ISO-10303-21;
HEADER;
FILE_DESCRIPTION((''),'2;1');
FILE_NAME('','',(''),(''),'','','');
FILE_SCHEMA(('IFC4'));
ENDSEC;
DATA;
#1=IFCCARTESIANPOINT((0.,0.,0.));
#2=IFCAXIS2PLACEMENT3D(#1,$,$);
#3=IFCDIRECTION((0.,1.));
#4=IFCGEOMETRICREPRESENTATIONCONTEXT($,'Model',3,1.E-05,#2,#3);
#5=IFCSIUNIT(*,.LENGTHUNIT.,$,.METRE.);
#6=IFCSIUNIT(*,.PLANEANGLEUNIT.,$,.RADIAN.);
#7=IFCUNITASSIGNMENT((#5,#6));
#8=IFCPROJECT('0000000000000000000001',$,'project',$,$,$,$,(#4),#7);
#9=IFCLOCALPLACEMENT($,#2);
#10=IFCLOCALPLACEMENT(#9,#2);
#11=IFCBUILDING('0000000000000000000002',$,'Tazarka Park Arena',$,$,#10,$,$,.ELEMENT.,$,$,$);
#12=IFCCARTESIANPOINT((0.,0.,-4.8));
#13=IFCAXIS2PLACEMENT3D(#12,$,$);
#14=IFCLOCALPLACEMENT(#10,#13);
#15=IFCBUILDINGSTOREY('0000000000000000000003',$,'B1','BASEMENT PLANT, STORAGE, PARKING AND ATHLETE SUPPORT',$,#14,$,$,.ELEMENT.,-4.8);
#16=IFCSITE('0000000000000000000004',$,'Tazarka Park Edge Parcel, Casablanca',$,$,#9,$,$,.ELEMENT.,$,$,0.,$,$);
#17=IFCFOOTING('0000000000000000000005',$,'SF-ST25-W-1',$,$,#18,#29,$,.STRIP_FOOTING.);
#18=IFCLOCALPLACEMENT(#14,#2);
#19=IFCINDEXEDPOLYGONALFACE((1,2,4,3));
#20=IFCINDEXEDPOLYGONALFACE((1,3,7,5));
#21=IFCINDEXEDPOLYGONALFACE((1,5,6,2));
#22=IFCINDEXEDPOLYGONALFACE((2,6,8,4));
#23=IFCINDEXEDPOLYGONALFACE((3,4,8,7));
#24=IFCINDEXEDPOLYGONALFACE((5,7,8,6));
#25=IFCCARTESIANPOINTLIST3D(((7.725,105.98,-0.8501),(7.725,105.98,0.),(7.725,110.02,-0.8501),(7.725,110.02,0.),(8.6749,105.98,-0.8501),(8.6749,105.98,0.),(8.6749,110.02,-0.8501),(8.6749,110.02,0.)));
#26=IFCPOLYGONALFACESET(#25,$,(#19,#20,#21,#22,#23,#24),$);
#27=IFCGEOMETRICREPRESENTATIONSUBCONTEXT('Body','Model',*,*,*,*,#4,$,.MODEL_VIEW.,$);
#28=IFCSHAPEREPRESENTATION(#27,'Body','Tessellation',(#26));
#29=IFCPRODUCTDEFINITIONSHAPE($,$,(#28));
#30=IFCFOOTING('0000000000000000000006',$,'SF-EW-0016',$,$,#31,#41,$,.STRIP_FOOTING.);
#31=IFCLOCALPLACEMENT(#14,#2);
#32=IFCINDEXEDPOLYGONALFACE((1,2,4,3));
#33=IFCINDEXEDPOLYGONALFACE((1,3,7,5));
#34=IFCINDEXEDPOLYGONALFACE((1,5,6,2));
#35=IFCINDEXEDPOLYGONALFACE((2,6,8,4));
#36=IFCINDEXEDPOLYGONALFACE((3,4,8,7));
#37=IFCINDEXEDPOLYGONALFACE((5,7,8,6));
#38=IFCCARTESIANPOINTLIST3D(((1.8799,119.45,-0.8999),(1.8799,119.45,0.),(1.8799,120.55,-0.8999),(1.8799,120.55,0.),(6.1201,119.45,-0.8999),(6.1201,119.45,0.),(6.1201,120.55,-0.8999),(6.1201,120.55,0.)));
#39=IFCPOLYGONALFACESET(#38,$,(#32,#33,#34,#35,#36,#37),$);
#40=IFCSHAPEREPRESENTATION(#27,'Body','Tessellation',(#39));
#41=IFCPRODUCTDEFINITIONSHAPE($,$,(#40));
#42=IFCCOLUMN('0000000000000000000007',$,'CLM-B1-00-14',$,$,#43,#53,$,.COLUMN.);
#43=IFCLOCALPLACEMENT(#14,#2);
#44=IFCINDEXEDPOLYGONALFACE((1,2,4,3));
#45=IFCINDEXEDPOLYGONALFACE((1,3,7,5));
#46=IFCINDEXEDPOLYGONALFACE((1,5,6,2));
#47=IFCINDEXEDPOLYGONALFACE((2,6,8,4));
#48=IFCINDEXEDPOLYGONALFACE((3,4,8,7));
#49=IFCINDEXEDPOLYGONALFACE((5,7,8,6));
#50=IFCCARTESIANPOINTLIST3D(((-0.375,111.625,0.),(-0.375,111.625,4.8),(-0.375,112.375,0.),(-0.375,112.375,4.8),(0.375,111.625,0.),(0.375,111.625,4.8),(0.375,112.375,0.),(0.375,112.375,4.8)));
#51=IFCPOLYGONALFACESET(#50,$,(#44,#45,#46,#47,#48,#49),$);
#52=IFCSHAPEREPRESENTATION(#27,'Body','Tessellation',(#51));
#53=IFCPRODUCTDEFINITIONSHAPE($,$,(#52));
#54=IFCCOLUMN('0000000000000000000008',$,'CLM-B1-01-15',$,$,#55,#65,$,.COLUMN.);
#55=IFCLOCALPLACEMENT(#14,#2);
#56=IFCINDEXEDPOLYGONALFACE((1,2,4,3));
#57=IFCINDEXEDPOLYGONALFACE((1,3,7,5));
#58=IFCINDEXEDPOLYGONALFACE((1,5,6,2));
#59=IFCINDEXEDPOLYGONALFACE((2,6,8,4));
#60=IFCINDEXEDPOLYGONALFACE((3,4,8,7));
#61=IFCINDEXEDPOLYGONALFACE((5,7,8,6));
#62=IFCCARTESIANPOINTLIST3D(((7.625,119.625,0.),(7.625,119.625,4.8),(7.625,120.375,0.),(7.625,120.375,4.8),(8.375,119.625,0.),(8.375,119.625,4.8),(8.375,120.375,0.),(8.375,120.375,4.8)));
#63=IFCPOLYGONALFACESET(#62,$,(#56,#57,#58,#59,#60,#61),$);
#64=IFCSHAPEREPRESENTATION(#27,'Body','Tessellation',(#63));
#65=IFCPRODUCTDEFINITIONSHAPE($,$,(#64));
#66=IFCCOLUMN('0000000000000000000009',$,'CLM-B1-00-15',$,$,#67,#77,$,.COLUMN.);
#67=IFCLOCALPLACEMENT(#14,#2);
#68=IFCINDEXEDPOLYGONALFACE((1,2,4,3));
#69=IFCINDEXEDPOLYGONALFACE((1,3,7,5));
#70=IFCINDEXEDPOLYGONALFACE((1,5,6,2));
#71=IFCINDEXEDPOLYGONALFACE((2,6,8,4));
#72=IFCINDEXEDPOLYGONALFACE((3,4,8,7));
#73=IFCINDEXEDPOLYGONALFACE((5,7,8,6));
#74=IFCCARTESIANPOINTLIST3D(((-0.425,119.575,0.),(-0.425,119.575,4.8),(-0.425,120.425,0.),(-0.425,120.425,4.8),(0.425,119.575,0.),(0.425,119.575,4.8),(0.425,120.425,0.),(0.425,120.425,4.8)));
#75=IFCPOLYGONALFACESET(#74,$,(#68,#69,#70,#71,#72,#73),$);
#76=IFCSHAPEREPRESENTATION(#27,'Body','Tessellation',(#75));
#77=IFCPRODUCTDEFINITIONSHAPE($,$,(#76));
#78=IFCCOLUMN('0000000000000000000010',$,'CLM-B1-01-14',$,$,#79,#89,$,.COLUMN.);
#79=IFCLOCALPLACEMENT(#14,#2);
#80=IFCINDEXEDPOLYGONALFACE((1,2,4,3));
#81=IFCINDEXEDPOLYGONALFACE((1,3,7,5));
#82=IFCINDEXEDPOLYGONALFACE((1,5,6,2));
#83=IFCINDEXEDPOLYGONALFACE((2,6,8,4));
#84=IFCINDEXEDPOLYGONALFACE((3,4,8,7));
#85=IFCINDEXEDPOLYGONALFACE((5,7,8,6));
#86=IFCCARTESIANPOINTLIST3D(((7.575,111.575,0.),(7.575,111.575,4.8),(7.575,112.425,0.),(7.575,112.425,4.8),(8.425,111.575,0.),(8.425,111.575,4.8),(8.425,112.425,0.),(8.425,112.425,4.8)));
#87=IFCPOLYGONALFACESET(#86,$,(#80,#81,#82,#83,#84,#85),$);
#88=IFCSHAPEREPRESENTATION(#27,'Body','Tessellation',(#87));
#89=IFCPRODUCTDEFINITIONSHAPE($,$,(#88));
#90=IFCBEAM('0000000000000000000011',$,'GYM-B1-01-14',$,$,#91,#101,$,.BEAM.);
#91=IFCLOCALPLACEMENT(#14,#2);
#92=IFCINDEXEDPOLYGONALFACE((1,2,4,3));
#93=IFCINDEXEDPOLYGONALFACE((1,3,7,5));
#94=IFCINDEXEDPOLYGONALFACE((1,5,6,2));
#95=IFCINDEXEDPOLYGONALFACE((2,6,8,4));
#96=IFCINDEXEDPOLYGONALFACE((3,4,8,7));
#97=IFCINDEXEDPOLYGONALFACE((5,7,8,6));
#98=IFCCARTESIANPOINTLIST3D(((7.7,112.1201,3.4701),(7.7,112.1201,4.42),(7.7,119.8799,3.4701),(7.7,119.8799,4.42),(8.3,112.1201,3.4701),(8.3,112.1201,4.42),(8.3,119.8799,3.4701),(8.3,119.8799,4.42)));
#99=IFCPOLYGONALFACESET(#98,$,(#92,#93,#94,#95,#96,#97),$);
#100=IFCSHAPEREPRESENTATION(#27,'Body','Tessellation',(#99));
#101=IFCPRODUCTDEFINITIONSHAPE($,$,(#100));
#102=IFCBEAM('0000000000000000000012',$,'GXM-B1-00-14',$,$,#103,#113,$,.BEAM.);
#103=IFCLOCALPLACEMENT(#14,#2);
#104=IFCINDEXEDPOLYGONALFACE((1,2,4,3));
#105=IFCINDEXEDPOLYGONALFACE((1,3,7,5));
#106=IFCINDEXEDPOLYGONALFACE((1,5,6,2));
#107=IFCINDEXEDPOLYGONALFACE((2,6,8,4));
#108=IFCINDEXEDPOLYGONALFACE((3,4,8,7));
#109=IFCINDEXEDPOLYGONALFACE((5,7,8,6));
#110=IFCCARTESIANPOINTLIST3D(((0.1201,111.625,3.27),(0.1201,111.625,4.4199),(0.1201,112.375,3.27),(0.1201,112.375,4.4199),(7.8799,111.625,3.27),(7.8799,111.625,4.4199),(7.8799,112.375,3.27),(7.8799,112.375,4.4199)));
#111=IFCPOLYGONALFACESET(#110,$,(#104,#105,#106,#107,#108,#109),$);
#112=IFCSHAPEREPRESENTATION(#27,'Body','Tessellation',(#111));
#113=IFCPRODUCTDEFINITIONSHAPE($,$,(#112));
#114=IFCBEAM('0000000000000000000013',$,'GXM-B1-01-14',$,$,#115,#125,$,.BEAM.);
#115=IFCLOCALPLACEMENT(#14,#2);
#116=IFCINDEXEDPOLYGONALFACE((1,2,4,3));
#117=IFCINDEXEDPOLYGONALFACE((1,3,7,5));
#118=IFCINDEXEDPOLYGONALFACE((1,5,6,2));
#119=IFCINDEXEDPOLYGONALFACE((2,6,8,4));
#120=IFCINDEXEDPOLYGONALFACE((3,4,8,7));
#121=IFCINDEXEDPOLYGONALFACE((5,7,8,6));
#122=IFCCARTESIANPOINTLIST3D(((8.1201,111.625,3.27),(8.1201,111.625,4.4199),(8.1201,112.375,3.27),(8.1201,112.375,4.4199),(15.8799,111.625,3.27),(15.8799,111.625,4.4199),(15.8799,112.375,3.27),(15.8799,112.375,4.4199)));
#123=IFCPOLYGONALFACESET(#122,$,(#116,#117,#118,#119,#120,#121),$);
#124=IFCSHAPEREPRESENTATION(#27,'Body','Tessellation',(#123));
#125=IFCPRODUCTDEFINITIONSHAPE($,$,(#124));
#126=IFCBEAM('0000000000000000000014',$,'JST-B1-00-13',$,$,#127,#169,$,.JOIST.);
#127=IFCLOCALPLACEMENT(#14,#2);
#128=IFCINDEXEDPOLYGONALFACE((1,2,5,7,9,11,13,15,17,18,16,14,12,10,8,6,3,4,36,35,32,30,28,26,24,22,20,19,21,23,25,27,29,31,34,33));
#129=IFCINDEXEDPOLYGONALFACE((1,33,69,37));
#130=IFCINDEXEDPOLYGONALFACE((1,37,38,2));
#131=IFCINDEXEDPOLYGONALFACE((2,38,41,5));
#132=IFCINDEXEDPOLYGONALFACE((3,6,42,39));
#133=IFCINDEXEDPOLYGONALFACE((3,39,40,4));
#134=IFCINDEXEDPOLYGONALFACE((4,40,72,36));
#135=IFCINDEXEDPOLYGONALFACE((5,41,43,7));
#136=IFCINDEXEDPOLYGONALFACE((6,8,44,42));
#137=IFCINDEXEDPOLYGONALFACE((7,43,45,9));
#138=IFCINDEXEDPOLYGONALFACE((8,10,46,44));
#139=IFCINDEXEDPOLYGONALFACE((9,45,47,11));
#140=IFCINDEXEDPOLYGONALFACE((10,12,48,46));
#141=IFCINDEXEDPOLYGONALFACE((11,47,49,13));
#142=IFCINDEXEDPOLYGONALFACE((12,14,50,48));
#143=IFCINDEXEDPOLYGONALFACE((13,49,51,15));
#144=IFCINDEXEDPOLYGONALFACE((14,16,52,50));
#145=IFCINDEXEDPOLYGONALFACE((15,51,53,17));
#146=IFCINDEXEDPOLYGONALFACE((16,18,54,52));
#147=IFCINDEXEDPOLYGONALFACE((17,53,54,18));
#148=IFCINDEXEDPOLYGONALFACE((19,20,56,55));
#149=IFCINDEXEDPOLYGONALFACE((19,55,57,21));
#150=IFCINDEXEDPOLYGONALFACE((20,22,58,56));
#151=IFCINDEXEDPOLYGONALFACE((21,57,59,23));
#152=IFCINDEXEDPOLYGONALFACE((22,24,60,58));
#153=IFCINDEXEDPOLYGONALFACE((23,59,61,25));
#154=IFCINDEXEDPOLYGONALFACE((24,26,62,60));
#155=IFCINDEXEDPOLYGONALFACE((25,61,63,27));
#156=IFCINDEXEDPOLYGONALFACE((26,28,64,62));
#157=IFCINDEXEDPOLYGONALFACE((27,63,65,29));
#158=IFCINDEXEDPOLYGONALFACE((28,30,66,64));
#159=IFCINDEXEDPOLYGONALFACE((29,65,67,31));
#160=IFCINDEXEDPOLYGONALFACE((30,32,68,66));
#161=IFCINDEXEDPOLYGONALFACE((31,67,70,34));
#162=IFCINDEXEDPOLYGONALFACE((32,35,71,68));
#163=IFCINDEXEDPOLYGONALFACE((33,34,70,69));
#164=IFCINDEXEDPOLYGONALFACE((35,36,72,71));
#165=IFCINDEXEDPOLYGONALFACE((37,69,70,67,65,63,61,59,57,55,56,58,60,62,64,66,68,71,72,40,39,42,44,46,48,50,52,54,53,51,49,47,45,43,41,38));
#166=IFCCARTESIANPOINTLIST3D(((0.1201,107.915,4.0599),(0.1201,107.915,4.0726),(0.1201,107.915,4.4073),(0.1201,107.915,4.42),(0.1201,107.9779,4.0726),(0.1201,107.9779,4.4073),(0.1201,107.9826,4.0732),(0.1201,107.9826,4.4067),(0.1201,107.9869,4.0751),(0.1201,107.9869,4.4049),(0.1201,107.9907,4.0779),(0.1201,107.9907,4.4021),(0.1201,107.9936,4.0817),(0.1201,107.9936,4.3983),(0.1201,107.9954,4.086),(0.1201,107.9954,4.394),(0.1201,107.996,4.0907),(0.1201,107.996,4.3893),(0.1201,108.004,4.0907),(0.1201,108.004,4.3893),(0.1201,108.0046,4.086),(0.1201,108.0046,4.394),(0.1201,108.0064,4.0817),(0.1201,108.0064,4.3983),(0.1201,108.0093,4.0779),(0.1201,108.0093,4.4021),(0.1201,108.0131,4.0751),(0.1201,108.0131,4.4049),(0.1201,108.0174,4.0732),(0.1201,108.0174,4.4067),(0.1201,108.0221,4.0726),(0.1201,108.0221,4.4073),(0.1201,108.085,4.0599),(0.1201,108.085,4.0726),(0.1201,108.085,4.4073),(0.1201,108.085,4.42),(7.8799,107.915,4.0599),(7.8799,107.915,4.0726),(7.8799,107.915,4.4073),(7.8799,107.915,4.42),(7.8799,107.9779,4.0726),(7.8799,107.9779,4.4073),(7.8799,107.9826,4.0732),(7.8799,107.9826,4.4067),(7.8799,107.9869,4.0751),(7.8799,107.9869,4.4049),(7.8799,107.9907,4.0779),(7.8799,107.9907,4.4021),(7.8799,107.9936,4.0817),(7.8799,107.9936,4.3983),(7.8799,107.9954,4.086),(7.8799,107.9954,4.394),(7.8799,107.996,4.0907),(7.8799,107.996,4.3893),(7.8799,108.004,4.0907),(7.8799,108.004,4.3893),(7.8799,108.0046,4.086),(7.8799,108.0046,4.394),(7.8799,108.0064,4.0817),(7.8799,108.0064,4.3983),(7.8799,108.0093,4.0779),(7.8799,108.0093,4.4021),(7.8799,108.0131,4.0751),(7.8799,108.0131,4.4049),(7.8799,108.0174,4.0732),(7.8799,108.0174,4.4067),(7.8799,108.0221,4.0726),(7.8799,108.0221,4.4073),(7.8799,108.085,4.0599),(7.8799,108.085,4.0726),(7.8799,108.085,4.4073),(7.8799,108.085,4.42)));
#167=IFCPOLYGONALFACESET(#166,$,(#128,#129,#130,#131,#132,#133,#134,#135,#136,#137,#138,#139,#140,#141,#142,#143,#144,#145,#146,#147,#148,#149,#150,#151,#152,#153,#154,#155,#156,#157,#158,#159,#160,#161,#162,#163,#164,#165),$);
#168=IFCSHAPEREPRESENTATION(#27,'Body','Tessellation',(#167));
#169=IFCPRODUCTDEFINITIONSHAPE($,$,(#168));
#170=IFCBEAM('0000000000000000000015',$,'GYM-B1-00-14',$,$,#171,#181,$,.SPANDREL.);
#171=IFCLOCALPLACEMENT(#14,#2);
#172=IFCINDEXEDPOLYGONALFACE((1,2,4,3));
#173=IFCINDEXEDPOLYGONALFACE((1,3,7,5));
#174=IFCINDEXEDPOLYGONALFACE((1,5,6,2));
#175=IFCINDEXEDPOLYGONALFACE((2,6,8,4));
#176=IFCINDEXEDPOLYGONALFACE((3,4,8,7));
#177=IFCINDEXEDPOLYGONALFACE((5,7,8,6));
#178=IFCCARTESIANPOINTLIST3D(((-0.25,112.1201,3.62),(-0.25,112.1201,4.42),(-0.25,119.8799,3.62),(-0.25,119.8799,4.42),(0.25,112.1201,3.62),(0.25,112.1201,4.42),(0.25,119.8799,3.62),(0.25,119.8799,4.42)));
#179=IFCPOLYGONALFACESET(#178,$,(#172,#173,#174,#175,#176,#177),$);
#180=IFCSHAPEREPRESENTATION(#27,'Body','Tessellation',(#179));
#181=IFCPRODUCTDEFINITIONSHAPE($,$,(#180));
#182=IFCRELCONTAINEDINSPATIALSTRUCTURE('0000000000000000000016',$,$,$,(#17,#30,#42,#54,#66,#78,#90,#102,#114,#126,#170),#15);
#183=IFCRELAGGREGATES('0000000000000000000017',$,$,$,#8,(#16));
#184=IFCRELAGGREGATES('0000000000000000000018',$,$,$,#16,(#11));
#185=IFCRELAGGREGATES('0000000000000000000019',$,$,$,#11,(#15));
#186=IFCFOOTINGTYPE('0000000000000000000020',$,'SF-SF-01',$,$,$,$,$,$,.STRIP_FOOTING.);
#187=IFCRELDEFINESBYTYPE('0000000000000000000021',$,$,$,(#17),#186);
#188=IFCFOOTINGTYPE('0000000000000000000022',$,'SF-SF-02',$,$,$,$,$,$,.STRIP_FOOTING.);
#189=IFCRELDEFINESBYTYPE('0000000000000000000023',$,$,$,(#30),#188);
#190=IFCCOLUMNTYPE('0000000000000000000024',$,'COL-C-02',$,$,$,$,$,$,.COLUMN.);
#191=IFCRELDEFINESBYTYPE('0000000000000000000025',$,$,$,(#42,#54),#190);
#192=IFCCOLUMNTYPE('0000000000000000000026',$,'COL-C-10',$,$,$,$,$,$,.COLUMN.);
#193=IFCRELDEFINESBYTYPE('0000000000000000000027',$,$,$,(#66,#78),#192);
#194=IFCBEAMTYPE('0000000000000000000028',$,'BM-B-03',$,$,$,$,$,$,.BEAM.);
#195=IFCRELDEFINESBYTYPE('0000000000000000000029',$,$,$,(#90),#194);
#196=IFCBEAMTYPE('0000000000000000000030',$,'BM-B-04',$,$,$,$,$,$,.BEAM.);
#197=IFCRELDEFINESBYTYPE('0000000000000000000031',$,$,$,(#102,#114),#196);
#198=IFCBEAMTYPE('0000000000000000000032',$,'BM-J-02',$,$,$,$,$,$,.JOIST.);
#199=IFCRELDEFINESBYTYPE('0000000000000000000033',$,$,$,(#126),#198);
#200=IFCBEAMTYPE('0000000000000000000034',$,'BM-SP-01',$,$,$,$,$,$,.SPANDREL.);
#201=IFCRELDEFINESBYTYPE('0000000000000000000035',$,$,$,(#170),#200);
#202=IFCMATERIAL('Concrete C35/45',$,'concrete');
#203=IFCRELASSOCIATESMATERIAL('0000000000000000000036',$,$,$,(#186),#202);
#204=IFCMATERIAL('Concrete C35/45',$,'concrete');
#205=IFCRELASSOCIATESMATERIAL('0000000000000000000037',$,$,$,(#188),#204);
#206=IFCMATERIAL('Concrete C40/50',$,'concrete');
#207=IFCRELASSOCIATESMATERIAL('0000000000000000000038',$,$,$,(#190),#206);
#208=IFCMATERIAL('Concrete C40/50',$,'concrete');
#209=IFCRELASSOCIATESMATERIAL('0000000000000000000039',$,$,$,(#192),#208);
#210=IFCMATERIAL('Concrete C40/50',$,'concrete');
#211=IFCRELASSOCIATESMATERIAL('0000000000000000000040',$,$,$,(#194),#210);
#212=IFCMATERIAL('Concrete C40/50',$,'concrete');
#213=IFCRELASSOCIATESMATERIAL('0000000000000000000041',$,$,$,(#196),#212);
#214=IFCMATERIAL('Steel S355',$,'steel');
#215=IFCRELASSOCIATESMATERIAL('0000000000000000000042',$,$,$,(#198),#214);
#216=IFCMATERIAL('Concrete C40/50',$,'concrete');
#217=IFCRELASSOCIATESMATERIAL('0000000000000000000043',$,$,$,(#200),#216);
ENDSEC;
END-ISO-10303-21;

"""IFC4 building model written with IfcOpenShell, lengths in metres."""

from ifc_helpers import new_model, si_unit, direction, frame, origin, origin_2d, place, context, subcontext, project, spatial, rectangle, i_section, extrude, material, material_profile, profile_set, type_object, element, save


model = new_model("IFC4")

# Units and contexts
model_context = context("Model", 3, precision=1e-05, world=origin(), true_north=direction((0.0, 1.0)))
body_context = subcontext(model_context, "Body", "Model", "MODEL_VIEW")
ifc_project = project(units=[si_unit("LENGTHUNIT", "METRE"), si_unit("PLANEANGLEUNIT", "RADIAN")], contexts=[model_context])

# Site, building, storey
site_placement = place(None, origin())
site = spatial("IfcSite", under=ifc_project, at=site_placement, Name="Tazarka Park Edge Parcel, Casablanca", CompositionType="ELEMENT", RefElevation=0.0)
building_placement = place(site_placement, origin())
building = spatial("IfcBuilding", under=site, at=building_placement, Name="Tazarka Park Arena", CompositionType="ELEMENT")
storey_placement = place(building_placement, frame((0.0, 0.0, -4.8)))
storey = spatial("IfcBuildingStorey", under=building, at=storey_placement, Name="B1", Description="BASEMENT PLANT, STORAGE, PARKING AND ATHLETE SUPPORT", CompositionType="ELEMENT", Elevation=-4.8)

# Footings
ifc_material_1 = material(Name="Concrete C35/45", Category="concrete")
ifc_material_profile_1 = material_profile(ifc_material_1, rectangle(XDim=0.95, YDim=0.8501, at=origin_2d()), Name="Concrete C35/45")
ifc_profile_set_1 = profile_set([ifc_material_profile_1], Name="Concrete C35/45")
footing_type_1 = type_object("IfcFootingType", Name="SF-SF-01", PredefinedType="STRIP_FOOTING", material=ifc_profile_set_1)
footing_1_placement = place(storey_placement, frame((8.2, 105.98, -0.425), z_axis=(0.0, 1.0, 0.0), x_axis=(-1.0, 0.0, 0.0)))
element("IfcFooting", 1, at=footing_1_placement, inside=storey, type_object=footing_type_1, Name="SF-ST25-W-1", PredefinedType="STRIP_FOOTING", context=body_context, shape_type="SweptSolid", body=[
    extrude(rectangle(XDim=0.95, YDim=0.8501, at=origin_2d()), origin(), (0.0, 0.0, 1.0), 4.04),
])
ifc_material_2 = material(Name="Concrete C35/45", Category="concrete")
ifc_material_profile_2 = material_profile(ifc_material_2, rectangle(XDim=1.1001, YDim=0.8999, at=origin_2d()), Name="Concrete C35/45")
ifc_profile_set_2 = profile_set([ifc_material_profile_2], Name="Concrete C35/45")
footing_type_2 = type_object("IfcFootingType", Name="SF-SF-02", PredefinedType="STRIP_FOOTING", material=ifc_profile_set_2)
footing_2_placement = place(storey_placement, frame((1.8799, 120.0, -0.45), z_axis=(1.0, 0.0, 0.0), x_axis=(0.0, 1.0, 0.0)))
element("IfcFooting", 2, at=footing_2_placement, inside=storey, type_object=footing_type_2, Name="SF-EW-0016", PredefinedType="STRIP_FOOTING", context=body_context, shape_type="SweptSolid", body=[
    extrude(rectangle(XDim=1.1001, YDim=0.8999, at=origin_2d()), origin(), (0.0, 0.0, 1.0), 4.2402),
])

# Columns
ifc_material_3 = material(Name="Concrete C40/50", Category="concrete")
ifc_material_profile_3 = material_profile(ifc_material_3, rectangle(XDim=0.75, YDim=0.75, at=origin_2d()), Name="Concrete C40/50")
ifc_profile_set_3 = profile_set([ifc_material_profile_3], Name="Concrete C40/50")
column_type_1 = type_object("IfcColumnType", Name="COL-C-02", PredefinedType="COLUMN", material=ifc_profile_set_3)
for number, where, z_axis, x_axis, name in (
    (3, (0.0, 112.0, 0.0), (0.0, 0.0, 1.0), (1.0, 0.0, 0.0), "CLM-B1-00-14"),
    (4, (8.0, 120.0, 0.0), (0.0, 0.0, 1.0), (1.0, 0.0, 0.0), "CLM-B1-01-15"),
):
    element("IfcColumn", number, at=place(storey_placement, frame(where, z_axis=z_axis, x_axis=x_axis)), inside=storey, type_object=column_type_1, Name=name, PredefinedType="COLUMN", context=body_context, shape_type="SweptSolid", body=[
        extrude(rectangle(XDim=0.75, YDim=0.75, at=origin_2d()), origin(), (0.0, 0.0, 1.0), 4.8),
    ])
ifc_material_4 = material(Name="Concrete C40/50", Category="concrete")
ifc_material_profile_4 = material_profile(ifc_material_4, rectangle(XDim=0.8501, YDim=0.8501, at=origin_2d()), Name="Concrete C40/50")
ifc_profile_set_4 = profile_set([ifc_material_profile_4], Name="Concrete C40/50")
column_type_2 = type_object("IfcColumnType", Name="COL-C-10", PredefinedType="COLUMN", material=ifc_profile_set_4)
for number, where, z_axis, x_axis, name in (
    (5, (0.0, 120.0, 0.0), (0.0, 0.0, 1.0), (1.0, 0.0, 0.0), "CLM-B1-00-15"),
    (6, (8.0, 112.0, 0.0), (0.0, 0.0, 1.0), (1.0, 0.0, 0.0), "CLM-B1-01-14"),
):
    element("IfcColumn", number, at=place(storey_placement, frame(where, z_axis=z_axis, x_axis=x_axis)), inside=storey, type_object=column_type_2, Name=name, PredefinedType="COLUMN", context=body_context, shape_type="SweptSolid", body=[
        extrude(rectangle(XDim=0.8501, YDim=0.8501, at=origin_2d()), origin(), (0.0, 0.0, 1.0), 4.8),
    ])

# Beams
ifc_material_5 = material(Name="Concrete C40/50", Category="concrete")
ifc_material_profile_5 = material_profile(ifc_material_5, rectangle(XDim=0.6001, YDim=0.95, at=origin_2d()), Name="Concrete C40/50")
ifc_profile_set_5 = profile_set([ifc_material_profile_5], Name="Concrete C40/50")
beam_type_1 = type_object("IfcBeamType", Name="BM-B-03", PredefinedType="BEAM", material=ifc_profile_set_5)
beam_1_placement = place(storey_placement, frame((8.0, 112.1201, 3.9451), z_axis=(0.0, 1.0, 0.0), x_axis=(-1.0, 0.0, 0.0)))
element("IfcBeam", 7, at=beam_1_placement, inside=storey, type_object=beam_type_1, Name="GYM-B1-01-14", PredefinedType="BEAM", context=body_context, shape_type="SweptSolid", body=[
    extrude(rectangle(XDim=0.6001, YDim=0.95, at=origin_2d()), origin(), (0.0, 0.0, 1.0), 7.7598),
])
ifc_material_6 = material(Name="Concrete C40/50", Category="concrete")
ifc_material_profile_6 = material_profile(ifc_material_6, rectangle(XDim=0.75, YDim=1.1499, at=origin_2d()), Name="Concrete C40/50")
ifc_profile_set_6 = profile_set([ifc_material_profile_6], Name="Concrete C40/50")
beam_type_2 = type_object("IfcBeamType", Name="BM-B-04", PredefinedType="BEAM", material=ifc_profile_set_6)
for number, where, z_axis, x_axis, name in (
    (8, (0.1201, 112.0, 3.845), (1.0, 0.0, 0.0), (0.0, 1.0, 0.0), "GXM-B1-00-14"),
    (9, (8.1201, 112.0, 3.845), (1.0, 0.0, 0.0), (0.0, 1.0, 0.0), "GXM-B1-01-14"),
):
    element("IfcBeam", number, at=place(storey_placement, frame(where, z_axis=z_axis, x_axis=x_axis)), inside=storey, type_object=beam_type_2, Name=name, PredefinedType="BEAM", context=body_context, shape_type="SweptSolid", body=[
        extrude(rectangle(XDim=0.75, YDim=1.1499, at=origin_2d()), origin(), (0.0, 0.0, 1.0), 7.7598),
    ])
ifc_material_7 = material(Name="Steel S355", Category="steel")
ifc_material_profile_7 = material_profile(ifc_material_7, i_section(OverallWidth=0.1699, OverallDepth=0.3601, WebThickness=0.0081, FlangeThickness=0.0127, FilletRadius=0.0181, at=origin_2d()), Name="Steel S355")
ifc_profile_set_7 = profile_set([ifc_material_profile_7], Name="Steel S355")
beam_type_3 = type_object("IfcBeamType", Name="BM-J-02", PredefinedType="JOIST", material=ifc_profile_set_7)
beam_2_placement = place(storey_placement, frame((0.1201, 108.0, 4.24), z_axis=(1.0, 0.0, 0.0), x_axis=(0.0, 1.0, 0.0)))
element("IfcBeam", 10, at=beam_2_placement, inside=storey, type_object=beam_type_3, Name="JST-B1-00-13", PredefinedType="JOIST", context=body_context, shape_type="SweptSolid", body=[
    extrude(i_section(OverallWidth=0.1699, OverallDepth=0.3601, WebThickness=0.0081, FlangeThickness=0.0127, FilletRadius=0.0181, at=origin_2d()), origin(), (0.0, 0.0, 1.0), 7.7598),
])
ifc_material_8 = material(Name="Concrete C40/50", Category="concrete")
ifc_material_profile_8 = material_profile(ifc_material_8, rectangle(XDim=0.5, YDim=0.8, at=origin_2d()), Name="Concrete C40/50")
ifc_profile_set_8 = profile_set([ifc_material_profile_8], Name="Concrete C40/50")
beam_type_4 = type_object("IfcBeamType", Name="BM-SP-01", PredefinedType="SPANDREL", material=ifc_profile_set_8)
for number, where, z_axis, x_axis, name in (
    (11, (0.0, 112.1201, 4.02), (0.0, 1.0, 0.0), (-1.0, 0.0, 0.0), "GYM-B1-00-14"),
):
    element("IfcBeam", number, at=place(storey_placement, frame(where, z_axis=z_axis, x_axis=x_axis)), inside=storey, type_object=beam_type_4, Name=name, PredefinedType="SPANDREL", context=body_context, shape_type="SweptSolid", body=[
        extrude(rectangle(XDim=0.5, YDim=0.8, at=origin_2d()), origin(), (0.0, 0.0, 1.0), 7.7598),
    ])

save(model, "model.ifc")
